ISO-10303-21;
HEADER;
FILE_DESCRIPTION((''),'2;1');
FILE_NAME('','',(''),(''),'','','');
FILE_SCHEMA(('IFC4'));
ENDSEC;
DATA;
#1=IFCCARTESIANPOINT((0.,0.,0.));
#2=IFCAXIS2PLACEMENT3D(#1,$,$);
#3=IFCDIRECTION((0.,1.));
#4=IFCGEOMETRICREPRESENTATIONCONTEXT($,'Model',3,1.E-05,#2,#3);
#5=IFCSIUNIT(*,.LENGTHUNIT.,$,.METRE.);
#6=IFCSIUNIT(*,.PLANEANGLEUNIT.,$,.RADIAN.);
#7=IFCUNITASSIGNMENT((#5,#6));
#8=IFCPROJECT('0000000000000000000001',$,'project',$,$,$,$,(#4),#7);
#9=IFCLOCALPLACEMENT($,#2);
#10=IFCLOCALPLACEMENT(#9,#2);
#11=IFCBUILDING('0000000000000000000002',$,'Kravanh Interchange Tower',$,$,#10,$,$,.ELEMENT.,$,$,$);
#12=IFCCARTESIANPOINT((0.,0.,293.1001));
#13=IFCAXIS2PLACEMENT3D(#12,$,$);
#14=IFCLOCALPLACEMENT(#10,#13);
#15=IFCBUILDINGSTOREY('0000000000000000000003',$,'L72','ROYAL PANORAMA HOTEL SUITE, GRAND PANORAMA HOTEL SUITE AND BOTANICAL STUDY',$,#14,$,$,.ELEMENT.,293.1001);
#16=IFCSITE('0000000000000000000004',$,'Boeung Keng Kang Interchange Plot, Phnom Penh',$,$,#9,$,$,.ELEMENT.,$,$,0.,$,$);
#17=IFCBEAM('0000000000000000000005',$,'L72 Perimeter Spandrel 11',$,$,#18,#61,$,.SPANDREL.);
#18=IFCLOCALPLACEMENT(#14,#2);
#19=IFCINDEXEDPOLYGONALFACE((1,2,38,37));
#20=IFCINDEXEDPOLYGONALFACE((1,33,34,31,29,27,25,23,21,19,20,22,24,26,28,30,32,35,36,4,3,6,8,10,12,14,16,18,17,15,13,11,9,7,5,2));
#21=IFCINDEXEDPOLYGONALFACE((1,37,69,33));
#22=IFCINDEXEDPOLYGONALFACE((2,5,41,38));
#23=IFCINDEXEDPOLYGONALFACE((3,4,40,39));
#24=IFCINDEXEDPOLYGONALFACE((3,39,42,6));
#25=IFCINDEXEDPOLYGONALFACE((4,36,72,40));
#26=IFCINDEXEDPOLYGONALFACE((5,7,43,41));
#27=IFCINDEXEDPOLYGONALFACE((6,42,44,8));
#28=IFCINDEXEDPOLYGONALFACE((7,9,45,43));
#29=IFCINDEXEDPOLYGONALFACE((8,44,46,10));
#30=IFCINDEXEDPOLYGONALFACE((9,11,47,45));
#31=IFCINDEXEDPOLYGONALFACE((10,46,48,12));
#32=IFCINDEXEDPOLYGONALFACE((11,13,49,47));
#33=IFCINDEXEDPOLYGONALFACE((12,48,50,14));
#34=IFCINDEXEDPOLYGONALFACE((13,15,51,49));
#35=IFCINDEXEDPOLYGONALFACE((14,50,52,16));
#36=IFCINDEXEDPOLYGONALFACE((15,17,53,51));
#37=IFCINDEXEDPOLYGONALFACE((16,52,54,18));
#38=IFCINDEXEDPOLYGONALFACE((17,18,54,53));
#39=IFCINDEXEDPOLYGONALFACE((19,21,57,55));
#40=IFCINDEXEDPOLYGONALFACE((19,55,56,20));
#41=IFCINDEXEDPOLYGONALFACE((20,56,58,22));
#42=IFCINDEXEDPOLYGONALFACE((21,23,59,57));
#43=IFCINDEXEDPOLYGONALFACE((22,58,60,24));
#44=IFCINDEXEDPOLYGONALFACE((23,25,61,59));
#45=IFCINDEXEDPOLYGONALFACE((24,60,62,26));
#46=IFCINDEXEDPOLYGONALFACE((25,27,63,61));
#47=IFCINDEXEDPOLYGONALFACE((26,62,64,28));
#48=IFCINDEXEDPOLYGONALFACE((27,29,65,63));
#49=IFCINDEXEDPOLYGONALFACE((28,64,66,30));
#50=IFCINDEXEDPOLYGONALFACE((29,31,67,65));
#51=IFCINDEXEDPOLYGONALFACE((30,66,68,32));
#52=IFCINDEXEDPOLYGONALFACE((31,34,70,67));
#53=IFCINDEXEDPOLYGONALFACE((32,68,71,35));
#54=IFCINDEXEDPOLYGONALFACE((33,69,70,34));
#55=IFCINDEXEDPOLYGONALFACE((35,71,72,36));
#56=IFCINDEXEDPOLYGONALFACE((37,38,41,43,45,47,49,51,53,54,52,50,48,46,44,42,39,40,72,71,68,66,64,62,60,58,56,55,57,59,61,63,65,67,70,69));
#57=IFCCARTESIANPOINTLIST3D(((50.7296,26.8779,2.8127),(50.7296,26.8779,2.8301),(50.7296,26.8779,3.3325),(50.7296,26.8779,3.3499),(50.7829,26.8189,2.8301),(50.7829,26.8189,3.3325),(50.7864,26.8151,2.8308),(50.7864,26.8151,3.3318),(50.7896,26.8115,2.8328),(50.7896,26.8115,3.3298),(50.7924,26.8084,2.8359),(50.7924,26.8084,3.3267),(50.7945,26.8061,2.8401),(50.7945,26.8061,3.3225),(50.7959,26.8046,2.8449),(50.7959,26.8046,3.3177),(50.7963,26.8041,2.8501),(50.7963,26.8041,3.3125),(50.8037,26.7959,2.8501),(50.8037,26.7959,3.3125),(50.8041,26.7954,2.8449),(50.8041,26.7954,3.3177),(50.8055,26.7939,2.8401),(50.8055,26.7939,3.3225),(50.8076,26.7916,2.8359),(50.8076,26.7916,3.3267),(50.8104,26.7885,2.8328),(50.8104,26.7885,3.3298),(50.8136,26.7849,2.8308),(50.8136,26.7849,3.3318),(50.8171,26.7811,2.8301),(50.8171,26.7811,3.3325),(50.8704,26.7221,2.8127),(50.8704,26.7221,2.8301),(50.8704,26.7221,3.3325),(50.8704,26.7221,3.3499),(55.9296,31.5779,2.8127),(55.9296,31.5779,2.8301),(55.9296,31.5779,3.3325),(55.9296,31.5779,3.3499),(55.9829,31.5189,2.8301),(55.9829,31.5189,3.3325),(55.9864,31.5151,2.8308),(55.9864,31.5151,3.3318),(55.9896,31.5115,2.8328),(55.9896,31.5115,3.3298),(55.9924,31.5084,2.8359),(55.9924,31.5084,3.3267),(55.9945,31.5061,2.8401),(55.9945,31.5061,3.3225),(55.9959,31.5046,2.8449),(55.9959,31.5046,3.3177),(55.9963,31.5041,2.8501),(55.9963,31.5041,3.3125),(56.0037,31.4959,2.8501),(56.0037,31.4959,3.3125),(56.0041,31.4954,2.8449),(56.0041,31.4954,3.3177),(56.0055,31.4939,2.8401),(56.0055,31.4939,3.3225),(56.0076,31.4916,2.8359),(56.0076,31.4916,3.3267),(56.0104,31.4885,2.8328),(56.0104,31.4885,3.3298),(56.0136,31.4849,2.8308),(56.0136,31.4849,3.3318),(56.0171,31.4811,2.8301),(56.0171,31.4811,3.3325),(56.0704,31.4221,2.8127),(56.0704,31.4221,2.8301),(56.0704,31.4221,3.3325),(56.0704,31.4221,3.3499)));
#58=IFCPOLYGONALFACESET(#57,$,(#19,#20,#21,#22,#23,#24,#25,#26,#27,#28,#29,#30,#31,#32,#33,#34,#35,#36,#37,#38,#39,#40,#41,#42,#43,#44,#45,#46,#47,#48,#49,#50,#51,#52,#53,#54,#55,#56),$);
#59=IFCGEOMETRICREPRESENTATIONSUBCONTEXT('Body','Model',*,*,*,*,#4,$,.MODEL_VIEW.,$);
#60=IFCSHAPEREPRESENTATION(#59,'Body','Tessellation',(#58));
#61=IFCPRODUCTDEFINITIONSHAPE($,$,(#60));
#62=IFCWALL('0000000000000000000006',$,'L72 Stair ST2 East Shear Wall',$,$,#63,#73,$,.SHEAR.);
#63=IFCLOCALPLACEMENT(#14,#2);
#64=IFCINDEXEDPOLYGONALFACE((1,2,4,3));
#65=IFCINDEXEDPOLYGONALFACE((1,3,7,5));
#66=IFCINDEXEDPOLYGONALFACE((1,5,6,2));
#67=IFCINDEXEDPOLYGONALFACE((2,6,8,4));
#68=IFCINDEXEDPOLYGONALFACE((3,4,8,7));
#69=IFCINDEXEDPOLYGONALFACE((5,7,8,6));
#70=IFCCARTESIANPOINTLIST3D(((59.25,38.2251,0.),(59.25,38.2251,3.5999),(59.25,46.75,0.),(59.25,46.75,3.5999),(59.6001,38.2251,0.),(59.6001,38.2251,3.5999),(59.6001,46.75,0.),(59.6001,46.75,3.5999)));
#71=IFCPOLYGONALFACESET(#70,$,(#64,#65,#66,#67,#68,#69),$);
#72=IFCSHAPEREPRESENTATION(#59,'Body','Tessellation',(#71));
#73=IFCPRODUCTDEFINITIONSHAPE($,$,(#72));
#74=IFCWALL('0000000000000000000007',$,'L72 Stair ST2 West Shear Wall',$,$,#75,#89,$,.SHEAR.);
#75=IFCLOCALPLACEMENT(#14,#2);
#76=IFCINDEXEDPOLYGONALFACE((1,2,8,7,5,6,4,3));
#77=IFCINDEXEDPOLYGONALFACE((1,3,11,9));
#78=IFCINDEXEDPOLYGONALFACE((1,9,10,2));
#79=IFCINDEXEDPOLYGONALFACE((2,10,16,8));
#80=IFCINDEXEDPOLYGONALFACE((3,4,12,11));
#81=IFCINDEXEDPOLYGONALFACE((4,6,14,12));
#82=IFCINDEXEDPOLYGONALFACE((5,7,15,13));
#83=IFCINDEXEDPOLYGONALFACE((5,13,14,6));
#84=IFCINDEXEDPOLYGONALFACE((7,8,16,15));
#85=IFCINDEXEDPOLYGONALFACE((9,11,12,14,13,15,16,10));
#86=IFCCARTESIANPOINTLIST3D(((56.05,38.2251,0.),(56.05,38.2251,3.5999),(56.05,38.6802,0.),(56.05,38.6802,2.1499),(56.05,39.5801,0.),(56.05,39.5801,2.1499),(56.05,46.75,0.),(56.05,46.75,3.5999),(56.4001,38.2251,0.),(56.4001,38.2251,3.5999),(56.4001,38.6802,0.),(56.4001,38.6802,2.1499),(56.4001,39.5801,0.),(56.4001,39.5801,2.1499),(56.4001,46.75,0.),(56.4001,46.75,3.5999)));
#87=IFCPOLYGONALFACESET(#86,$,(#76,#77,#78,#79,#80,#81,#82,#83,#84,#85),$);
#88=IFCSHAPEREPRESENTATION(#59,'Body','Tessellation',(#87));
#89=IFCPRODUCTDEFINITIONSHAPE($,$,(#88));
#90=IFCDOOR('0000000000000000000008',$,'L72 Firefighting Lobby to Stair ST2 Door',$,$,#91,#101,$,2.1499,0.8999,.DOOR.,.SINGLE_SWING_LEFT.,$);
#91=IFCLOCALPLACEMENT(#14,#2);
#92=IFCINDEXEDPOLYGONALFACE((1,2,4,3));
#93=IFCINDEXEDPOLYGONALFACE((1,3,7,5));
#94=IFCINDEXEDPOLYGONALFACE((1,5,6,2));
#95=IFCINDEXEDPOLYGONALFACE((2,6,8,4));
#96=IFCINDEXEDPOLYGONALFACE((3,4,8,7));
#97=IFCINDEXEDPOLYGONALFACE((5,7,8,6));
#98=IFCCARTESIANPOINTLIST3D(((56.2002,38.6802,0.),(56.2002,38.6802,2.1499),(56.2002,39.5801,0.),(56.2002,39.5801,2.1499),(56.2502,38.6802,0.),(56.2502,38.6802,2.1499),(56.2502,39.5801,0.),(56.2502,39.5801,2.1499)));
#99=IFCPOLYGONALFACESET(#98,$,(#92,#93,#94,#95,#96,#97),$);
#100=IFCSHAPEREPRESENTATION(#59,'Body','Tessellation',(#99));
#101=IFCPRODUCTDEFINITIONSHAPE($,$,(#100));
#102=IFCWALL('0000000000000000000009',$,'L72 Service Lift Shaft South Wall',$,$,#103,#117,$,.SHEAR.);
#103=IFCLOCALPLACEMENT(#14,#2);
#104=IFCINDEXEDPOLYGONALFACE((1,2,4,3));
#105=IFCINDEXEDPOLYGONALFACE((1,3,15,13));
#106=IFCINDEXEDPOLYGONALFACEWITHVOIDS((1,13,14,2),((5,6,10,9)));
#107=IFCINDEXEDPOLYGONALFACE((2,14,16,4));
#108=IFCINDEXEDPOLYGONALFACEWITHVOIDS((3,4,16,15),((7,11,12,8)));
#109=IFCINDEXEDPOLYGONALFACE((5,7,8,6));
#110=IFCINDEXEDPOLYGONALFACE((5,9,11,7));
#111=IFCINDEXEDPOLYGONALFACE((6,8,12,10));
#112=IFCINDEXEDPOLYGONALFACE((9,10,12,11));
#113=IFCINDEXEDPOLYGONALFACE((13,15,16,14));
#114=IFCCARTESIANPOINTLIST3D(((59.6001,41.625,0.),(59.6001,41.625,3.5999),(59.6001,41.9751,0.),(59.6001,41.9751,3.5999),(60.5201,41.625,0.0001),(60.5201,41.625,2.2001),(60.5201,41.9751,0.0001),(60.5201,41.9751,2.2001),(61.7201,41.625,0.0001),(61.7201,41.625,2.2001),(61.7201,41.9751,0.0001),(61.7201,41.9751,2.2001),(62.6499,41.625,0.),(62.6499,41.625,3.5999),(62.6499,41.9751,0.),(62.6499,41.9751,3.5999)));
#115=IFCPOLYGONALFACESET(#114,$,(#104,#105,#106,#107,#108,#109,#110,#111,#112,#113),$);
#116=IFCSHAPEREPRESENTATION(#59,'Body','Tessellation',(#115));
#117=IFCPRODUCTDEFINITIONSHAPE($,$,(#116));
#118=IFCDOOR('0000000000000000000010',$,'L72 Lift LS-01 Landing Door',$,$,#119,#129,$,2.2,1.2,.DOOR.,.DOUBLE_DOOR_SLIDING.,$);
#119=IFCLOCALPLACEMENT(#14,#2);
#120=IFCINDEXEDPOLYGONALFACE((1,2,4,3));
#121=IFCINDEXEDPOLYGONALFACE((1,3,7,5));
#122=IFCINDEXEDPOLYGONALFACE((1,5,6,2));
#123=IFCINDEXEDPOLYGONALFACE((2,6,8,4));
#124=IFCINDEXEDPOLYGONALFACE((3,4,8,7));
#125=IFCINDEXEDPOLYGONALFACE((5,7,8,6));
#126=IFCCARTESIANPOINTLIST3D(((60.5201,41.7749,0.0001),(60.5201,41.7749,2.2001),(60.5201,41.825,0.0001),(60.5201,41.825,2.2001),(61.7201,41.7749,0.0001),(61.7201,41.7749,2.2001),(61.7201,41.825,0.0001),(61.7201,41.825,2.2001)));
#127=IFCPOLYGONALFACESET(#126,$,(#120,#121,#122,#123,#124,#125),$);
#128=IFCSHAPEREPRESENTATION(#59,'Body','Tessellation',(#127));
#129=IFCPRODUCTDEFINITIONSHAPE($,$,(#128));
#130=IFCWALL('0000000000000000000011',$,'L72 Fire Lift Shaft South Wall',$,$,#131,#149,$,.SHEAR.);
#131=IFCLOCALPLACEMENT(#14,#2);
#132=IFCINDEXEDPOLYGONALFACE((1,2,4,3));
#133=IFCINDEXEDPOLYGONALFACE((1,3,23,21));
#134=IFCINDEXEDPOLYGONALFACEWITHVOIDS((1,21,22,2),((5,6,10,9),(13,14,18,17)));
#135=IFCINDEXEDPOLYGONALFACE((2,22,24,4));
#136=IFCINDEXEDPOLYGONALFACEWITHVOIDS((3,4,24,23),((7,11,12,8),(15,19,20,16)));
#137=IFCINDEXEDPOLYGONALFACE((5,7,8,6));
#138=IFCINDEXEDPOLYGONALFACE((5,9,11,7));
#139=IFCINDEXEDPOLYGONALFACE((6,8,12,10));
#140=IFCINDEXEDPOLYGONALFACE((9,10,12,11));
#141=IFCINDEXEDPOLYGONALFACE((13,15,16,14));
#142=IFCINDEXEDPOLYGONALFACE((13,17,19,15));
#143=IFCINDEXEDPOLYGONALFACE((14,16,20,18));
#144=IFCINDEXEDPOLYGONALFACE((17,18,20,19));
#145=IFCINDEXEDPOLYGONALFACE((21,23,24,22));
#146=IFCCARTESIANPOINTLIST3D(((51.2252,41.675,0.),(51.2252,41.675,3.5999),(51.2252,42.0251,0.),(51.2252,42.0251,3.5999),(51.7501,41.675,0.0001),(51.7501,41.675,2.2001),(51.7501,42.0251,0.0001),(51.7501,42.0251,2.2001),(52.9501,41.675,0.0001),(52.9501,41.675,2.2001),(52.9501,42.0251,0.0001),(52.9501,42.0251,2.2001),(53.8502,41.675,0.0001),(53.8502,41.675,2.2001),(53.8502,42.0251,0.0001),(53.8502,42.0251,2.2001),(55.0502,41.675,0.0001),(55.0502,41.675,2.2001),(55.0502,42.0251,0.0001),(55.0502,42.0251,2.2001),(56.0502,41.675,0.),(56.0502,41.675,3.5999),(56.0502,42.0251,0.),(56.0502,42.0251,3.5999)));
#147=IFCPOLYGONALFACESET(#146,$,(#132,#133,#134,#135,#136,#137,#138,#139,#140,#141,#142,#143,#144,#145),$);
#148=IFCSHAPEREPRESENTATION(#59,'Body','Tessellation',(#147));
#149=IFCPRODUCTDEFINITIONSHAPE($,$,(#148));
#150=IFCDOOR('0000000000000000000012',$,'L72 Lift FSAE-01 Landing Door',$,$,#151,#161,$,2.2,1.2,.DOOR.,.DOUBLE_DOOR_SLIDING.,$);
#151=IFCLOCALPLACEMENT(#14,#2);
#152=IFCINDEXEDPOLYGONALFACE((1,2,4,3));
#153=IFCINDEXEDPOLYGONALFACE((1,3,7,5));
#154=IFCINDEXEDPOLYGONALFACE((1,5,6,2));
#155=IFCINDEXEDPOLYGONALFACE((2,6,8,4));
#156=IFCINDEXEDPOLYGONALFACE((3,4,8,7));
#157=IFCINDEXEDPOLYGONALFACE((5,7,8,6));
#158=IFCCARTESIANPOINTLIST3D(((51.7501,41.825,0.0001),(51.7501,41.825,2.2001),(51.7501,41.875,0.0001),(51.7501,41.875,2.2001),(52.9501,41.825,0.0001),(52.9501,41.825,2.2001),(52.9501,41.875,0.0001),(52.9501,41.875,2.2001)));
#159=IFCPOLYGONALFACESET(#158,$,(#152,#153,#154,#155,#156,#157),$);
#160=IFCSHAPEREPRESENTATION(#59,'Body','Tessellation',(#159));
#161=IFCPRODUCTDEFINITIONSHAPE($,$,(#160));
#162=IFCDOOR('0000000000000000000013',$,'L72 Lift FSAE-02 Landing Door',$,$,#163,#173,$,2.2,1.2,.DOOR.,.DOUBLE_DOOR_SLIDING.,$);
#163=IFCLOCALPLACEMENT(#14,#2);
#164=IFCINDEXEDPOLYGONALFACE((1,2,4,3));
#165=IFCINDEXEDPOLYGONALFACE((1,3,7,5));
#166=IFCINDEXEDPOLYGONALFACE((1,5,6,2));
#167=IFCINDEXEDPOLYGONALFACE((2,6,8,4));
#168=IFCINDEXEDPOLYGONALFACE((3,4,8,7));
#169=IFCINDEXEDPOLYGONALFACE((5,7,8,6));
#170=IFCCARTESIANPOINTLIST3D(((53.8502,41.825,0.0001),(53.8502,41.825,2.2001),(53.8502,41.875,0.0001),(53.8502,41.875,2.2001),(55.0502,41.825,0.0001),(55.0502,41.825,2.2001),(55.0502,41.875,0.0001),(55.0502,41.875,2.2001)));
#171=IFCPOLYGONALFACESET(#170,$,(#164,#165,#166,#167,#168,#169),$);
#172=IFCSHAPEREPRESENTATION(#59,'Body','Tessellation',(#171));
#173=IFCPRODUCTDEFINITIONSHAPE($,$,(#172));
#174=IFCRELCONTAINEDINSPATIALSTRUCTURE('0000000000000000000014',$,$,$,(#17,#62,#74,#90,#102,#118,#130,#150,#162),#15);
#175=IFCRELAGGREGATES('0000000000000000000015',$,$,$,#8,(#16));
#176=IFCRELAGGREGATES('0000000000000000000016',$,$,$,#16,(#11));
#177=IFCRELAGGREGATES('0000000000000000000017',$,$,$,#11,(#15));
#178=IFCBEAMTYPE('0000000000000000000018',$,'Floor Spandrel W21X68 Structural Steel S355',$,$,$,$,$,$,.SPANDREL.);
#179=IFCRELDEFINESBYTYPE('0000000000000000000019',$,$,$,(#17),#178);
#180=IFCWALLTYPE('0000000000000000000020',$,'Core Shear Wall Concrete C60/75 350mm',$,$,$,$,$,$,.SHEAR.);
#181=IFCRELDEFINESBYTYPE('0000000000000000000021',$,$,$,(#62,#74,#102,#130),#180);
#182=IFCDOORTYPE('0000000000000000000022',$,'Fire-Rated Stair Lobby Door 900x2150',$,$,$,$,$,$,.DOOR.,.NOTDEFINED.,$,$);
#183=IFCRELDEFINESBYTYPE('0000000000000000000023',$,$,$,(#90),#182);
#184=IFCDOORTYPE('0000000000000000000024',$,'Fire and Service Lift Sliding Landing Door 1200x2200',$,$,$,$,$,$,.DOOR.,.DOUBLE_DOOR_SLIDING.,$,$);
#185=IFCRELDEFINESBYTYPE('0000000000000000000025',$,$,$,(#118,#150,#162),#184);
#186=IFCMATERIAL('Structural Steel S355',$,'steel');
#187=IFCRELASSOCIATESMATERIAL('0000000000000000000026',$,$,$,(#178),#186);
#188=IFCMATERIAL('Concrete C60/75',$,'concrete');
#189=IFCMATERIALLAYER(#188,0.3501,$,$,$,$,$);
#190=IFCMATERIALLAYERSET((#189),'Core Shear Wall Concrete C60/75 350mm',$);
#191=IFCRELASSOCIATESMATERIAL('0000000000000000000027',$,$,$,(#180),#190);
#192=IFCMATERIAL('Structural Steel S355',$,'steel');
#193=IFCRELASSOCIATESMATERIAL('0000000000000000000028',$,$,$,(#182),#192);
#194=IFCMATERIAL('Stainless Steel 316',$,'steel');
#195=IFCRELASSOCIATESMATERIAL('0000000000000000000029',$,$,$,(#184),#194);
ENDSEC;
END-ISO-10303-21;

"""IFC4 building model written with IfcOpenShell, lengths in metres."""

from ifc_helpers import new_model, si_unit, direction, frame, frame_2d, origin, origin_2d, place, context, subcontext, project, spatial, rectangle, i_section, extrude, material, layer, layer_set, material_profile, profile_set, type_object, element, fill, save


model = new_model("IFC4")

# Units and contexts
model_context = context("Model", 3, precision=1e-05, world=origin(), true_north=direction((0.0, 1.0)))
body_context = subcontext(model_context, "Body", "Model", "MODEL_VIEW")
ifc_project = project(units=[si_unit("LENGTHUNIT", "METRE"), si_unit("PLANEANGLEUNIT", "RADIAN")], contexts=[model_context])

# Site, building, storey
site_placement = place(None, origin())
site = spatial("IfcSite", under=ifc_project, at=site_placement, Name="Boeung Keng Kang Interchange Plot, Phnom Penh", CompositionType="ELEMENT", RefElevation=0.0)
building_placement = place(site_placement, origin())
building = spatial("IfcBuilding", under=site, at=building_placement, Name="Kravanh Interchange Tower", CompositionType="ELEMENT")
storey_placement = place(building_placement, frame((0.0, 0.0, 293.1001)))
storey = spatial("IfcBuildingStorey", under=building, at=storey_placement, Name="L72", Description="ROYAL PANORAMA HOTEL SUITE, GRAND PANORAMA HOTEL SUITE AND BOTANICAL STUDY", CompositionType="ELEMENT", Elevation=293.1001)

# Beam
ifc_material_1 = material(Name="Structural Steel S355", Category="steel")
ifc_material_profile_1 = material_profile(ifc_material_1, i_section(OverallWidth=0.21, OverallDepth=0.5371, WebThickness=0.011, FlangeThickness=0.0173, FilletRadius=0.02, at=origin_2d()), Name="W21X68")
ifc_profile_set_1 = profile_set([ifc_material_profile_1], Name="Structural Steel S355")
beam_type_1 = type_object("IfcBeamType", Name="Floor Spandrel W21X68 Structural Steel S355", PredefinedType="SPANDREL", material=ifc_profile_set_1)
beam_1_placement = place(storey_placement, frame((56.0, 31.5, 3.0813), z_axis=(-0.741874, -0.670539, 0.0), x_axis=(0.670539, -0.741874, 0.0)))
element("IfcBeam", 1, at=beam_1_placement, inside=storey, type_object=beam_type_1, Name="L72 Perimeter Spandrel 11", PredefinedType="SPANDREL", context=body_context, shape_type="SweptSolid", body=[
    extrude(i_section(OverallWidth=0.21, OverallDepth=0.5371, WebThickness=0.011, FlangeThickness=0.0173, FilletRadius=0.02, at=origin_2d()), origin(), (0.0, 0.0, 1.0), 7.0093),
])

# Wall
ifc_material_2 = material(Name="Concrete C60/75", Category="concrete")
ifc_layer_1 = layer(ifc_material_2, 0.3501)
ifc_layer_set_1 = layer_set([ifc_layer_1], Name="Core Shear Wall Concrete C60/75 350mm")
wall_type_1 = type_object("IfcWallType", Name="Core Shear Wall Concrete C60/75 350mm", PredefinedType="SHEAR", material=ifc_layer_set_1)
wall_1_placement = place(storey_placement, frame((59.425, 38.2251, 0.0), z_axis=(0.0, 0.0, 1.0), x_axis=(0.0, 1.0, 0.0)))
element("IfcWall", 2, at=wall_1_placement, inside=storey, type_object=wall_type_1, Name="L72 Stair ST2 East Shear Wall", PredefinedType="SHEAR", context=body_context, shape_type="SweptSolid", body=[
    extrude(rectangle(XDim=8.5249, YDim=0.3501, at=frame_2d((4.2625, 0.0))), origin(), (0.0, 0.0, 1.0), 3.5999),
])

# Walls, openings, doors
wall_2_placement = place(storey_placement, frame((56.2251, 38.2251, 0.0), z_axis=(0.0, 0.0, 1.0), x_axis=(0.0, 1.0, 0.0)))
wall_2 = element("IfcWall", 3, at=wall_2_placement, inside=storey, type_object=wall_type_1, Name="L72 Stair ST2 West Shear Wall", PredefinedType="SHEAR", context=body_context, shape_type="SweptSolid", body=[
    extrude(rectangle(XDim=8.5249, YDim=0.3501, at=frame_2d((4.2625, 0.0))), origin(), (0.0, 0.0, 1.0), 3.5999),
])
opening_1_placement = place(wall_2_placement, frame((0.4551, 0.0, 0.0)))
opening_1 = element("IfcOpeningElement", 4, at=opening_1_placement, cuts=wall_2, PredefinedType="OPENING", context=body_context, shape_type="SweptSolid", body=[
    extrude(rectangle(XDim=0.8999, YDim=2.1499, at=frame_2d((0.45, 1.075))), frame((0.0, 0.1851, 0.0), z_axis=(0.0, -1.0, 0.0), x_axis=(1.0, 0.0, 0.0)), (0.0, 0.0, 1.0), 0.3701),
])
ifc_material_3 = material(Name="Structural Steel S355", Category="steel")
door_type_1 = type_object("IfcDoorType", Name="Fire-Rated Stair Lobby Door 900x2150", OperationType="NOTDEFINED", PredefinedType="DOOR", material=ifc_material_3)
door_1_placement = place(opening_1_placement, origin())
door_1 = element("IfcDoor", 5, at=door_1_placement, inside=storey, type_object=door_type_1, Name="L72 Firefighting Lobby to Stair ST2 Door", OperationType="SINGLE_SWING_LEFT", OverallHeight=2.1499, OverallWidth=0.8999, PredefinedType="DOOR", context=body_context, shape_type="SweptSolid", body=[
    extrude(rectangle(XDim=0.8999, YDim=2.1499, at=frame_2d((0.45, 1.075))), frame((0.0, 0.0249, 0.0), z_axis=(0.0, -1.0, 0.0), x_axis=(1.0, 0.0, 0.0)), (0.0, 0.0, 1.0), 0.05),
])
fill(opening_1, door_1)
wall_3_placement = place(storey_placement, frame((59.6001, 41.8, 0.0), z_axis=(0.0, 0.0, 1.0), x_axis=(1.0, 0.0, 0.0)))
wall_3 = element("IfcWall", 6, at=wall_3_placement, inside=storey, type_object=wall_type_1, Name="L72 Service Lift Shaft South Wall", PredefinedType="SHEAR", context=body_context, shape_type="SweptSolid", body=[
    extrude(rectangle(XDim=3.0498, YDim=0.3501, at=frame_2d((1.5249, 0.0))), origin(), (0.0, 0.0, 1.0), 3.5999),
])
opening_2_placement = place(wall_3_placement, frame((0.9199, 0.0, 0.0)))
opening_2 = element("IfcOpeningElement", 7, at=opening_2_placement, cuts=wall_3, PredefinedType="OPENING", context=body_context, shape_type="SweptSolid", body=[
    extrude(rectangle(XDim=1.2, YDim=2.2, at=frame_2d((0.6001, 1.1001))), frame((0.0, 0.1851, 0.0), z_axis=(0.0, -1.0, 0.0), x_axis=(1.0, 0.0, 0.0)), (0.0, 0.0, 1.0), 0.3701),
])
ifc_material_4 = material(Name="Stainless Steel 316", Category="steel")
door_type_2 = type_object("IfcDoorType", Name="Fire and Service Lift Sliding Landing Door 1200x2200", OperationType="DOUBLE_DOOR_SLIDING", PredefinedType="DOOR", material=ifc_material_4)
door_2_placement = place(opening_2_placement, origin())
door_2 = element("IfcDoor", 8, at=door_2_placement, inside=storey, type_object=door_type_2, Name="L72 Lift LS-01 Landing Door", OperationType="DOUBLE_DOOR_SLIDING", OverallHeight=2.2, OverallWidth=1.2, PredefinedType="DOOR", context=body_context, shape_type="SweptSolid", body=[
    extrude(rectangle(XDim=1.2, YDim=2.2, at=frame_2d((0.6001, 1.1001))), frame((0.0, 0.0249, 0.0), z_axis=(0.0, -1.0, 0.0), x_axis=(1.0, 0.0, 0.0)), (0.0, 0.0, 1.0), 0.05),
])
fill(opening_2, door_2)

# Wall, openings, doors
wall_4_placement = place(storey_placement, frame((51.2251, 41.8501, 0.0), z_axis=(0.0, 0.0, 1.0), x_axis=(1.0, 0.0, 0.0)))
wall_4 = element("IfcWall", 9, at=wall_4_placement, inside=storey, type_object=wall_type_1, Name="L72 Fire Lift Shaft South Wall", PredefinedType="SHEAR", context=body_context, shape_type="SweptSolid", body=[
    extrude(rectangle(XDim=4.825, YDim=0.3501, at=frame_2d((2.4126, 0.0))), origin(), (0.0, 0.0, 1.0), 3.5999),
])
opening_3_placement = place(wall_4_placement, frame((0.5249, 0.0, 0.0)))
opening_3 = element("IfcOpeningElement", 10, at=opening_3_placement, cuts=wall_4, PredefinedType="OPENING", context=body_context, shape_type="SweptSolid", body=[
    extrude(rectangle(XDim=1.2, YDim=2.2, at=frame_2d((0.6001, 1.1001))), frame((0.0, 0.1851, 0.0), z_axis=(0.0, -1.0, 0.0), x_axis=(1.0, 0.0, 0.0)), (0.0, 0.0, 1.0), 0.3701),
])
opening_4_placement = place(wall_4_placement, frame((2.625, 0.0, 0.0)))
opening_4 = element("IfcOpeningElement", 11, at=opening_4_placement, cuts=wall_4, PredefinedType="OPENING", context=body_context, shape_type="SweptSolid", body=[
    extrude(rectangle(XDim=1.2, YDim=2.2, at=frame_2d((0.6001, 1.1001))), frame((0.0, 0.1851, 0.0), z_axis=(0.0, -1.0, 0.0), x_axis=(1.0, 0.0, 0.0)), (0.0, 0.0, 1.0), 0.3701),
])
door_3_placement = place(opening_3_placement, origin())
door_3 = element("IfcDoor", 12, at=door_3_placement, inside=storey, type_object=door_type_2, Name="L72 Lift FSAE-01 Landing Door", OperationType="DOUBLE_DOOR_SLIDING", OverallHeight=2.2, OverallWidth=1.2, PredefinedType="DOOR", context=body_context, shape_type="SweptSolid", body=[
    extrude(rectangle(XDim=1.2, YDim=2.2, at=frame_2d((0.6001, 1.1001))), frame((0.0, 0.0249, 0.0), z_axis=(0.0, -1.0, 0.0), x_axis=(1.0, 0.0, 0.0)), (0.0, 0.0, 1.0), 0.05),
])
fill(opening_3, door_3)
door_4_placement = place(opening_4_placement, origin())
door_4 = element("IfcDoor", 13, at=door_4_placement, inside=storey, type_object=door_type_2, Name="L72 Lift FSAE-02 Landing Door", OperationType="DOUBLE_DOOR_SLIDING", OverallHeight=2.2, OverallWidth=1.2, PredefinedType="DOOR", context=body_context, shape_type="SweptSolid", body=[
    extrude(rectangle(XDim=1.2, YDim=2.2, at=frame_2d((0.6001, 1.1001))), frame((0.0, 0.0249, 0.0), z_axis=(0.0, -1.0, 0.0), x_axis=(1.0, 0.0, 0.0)), (0.0, 0.0, 1.0), 0.05),
])
fill(opening_4, door_4)

save(model, "model.ifc")
